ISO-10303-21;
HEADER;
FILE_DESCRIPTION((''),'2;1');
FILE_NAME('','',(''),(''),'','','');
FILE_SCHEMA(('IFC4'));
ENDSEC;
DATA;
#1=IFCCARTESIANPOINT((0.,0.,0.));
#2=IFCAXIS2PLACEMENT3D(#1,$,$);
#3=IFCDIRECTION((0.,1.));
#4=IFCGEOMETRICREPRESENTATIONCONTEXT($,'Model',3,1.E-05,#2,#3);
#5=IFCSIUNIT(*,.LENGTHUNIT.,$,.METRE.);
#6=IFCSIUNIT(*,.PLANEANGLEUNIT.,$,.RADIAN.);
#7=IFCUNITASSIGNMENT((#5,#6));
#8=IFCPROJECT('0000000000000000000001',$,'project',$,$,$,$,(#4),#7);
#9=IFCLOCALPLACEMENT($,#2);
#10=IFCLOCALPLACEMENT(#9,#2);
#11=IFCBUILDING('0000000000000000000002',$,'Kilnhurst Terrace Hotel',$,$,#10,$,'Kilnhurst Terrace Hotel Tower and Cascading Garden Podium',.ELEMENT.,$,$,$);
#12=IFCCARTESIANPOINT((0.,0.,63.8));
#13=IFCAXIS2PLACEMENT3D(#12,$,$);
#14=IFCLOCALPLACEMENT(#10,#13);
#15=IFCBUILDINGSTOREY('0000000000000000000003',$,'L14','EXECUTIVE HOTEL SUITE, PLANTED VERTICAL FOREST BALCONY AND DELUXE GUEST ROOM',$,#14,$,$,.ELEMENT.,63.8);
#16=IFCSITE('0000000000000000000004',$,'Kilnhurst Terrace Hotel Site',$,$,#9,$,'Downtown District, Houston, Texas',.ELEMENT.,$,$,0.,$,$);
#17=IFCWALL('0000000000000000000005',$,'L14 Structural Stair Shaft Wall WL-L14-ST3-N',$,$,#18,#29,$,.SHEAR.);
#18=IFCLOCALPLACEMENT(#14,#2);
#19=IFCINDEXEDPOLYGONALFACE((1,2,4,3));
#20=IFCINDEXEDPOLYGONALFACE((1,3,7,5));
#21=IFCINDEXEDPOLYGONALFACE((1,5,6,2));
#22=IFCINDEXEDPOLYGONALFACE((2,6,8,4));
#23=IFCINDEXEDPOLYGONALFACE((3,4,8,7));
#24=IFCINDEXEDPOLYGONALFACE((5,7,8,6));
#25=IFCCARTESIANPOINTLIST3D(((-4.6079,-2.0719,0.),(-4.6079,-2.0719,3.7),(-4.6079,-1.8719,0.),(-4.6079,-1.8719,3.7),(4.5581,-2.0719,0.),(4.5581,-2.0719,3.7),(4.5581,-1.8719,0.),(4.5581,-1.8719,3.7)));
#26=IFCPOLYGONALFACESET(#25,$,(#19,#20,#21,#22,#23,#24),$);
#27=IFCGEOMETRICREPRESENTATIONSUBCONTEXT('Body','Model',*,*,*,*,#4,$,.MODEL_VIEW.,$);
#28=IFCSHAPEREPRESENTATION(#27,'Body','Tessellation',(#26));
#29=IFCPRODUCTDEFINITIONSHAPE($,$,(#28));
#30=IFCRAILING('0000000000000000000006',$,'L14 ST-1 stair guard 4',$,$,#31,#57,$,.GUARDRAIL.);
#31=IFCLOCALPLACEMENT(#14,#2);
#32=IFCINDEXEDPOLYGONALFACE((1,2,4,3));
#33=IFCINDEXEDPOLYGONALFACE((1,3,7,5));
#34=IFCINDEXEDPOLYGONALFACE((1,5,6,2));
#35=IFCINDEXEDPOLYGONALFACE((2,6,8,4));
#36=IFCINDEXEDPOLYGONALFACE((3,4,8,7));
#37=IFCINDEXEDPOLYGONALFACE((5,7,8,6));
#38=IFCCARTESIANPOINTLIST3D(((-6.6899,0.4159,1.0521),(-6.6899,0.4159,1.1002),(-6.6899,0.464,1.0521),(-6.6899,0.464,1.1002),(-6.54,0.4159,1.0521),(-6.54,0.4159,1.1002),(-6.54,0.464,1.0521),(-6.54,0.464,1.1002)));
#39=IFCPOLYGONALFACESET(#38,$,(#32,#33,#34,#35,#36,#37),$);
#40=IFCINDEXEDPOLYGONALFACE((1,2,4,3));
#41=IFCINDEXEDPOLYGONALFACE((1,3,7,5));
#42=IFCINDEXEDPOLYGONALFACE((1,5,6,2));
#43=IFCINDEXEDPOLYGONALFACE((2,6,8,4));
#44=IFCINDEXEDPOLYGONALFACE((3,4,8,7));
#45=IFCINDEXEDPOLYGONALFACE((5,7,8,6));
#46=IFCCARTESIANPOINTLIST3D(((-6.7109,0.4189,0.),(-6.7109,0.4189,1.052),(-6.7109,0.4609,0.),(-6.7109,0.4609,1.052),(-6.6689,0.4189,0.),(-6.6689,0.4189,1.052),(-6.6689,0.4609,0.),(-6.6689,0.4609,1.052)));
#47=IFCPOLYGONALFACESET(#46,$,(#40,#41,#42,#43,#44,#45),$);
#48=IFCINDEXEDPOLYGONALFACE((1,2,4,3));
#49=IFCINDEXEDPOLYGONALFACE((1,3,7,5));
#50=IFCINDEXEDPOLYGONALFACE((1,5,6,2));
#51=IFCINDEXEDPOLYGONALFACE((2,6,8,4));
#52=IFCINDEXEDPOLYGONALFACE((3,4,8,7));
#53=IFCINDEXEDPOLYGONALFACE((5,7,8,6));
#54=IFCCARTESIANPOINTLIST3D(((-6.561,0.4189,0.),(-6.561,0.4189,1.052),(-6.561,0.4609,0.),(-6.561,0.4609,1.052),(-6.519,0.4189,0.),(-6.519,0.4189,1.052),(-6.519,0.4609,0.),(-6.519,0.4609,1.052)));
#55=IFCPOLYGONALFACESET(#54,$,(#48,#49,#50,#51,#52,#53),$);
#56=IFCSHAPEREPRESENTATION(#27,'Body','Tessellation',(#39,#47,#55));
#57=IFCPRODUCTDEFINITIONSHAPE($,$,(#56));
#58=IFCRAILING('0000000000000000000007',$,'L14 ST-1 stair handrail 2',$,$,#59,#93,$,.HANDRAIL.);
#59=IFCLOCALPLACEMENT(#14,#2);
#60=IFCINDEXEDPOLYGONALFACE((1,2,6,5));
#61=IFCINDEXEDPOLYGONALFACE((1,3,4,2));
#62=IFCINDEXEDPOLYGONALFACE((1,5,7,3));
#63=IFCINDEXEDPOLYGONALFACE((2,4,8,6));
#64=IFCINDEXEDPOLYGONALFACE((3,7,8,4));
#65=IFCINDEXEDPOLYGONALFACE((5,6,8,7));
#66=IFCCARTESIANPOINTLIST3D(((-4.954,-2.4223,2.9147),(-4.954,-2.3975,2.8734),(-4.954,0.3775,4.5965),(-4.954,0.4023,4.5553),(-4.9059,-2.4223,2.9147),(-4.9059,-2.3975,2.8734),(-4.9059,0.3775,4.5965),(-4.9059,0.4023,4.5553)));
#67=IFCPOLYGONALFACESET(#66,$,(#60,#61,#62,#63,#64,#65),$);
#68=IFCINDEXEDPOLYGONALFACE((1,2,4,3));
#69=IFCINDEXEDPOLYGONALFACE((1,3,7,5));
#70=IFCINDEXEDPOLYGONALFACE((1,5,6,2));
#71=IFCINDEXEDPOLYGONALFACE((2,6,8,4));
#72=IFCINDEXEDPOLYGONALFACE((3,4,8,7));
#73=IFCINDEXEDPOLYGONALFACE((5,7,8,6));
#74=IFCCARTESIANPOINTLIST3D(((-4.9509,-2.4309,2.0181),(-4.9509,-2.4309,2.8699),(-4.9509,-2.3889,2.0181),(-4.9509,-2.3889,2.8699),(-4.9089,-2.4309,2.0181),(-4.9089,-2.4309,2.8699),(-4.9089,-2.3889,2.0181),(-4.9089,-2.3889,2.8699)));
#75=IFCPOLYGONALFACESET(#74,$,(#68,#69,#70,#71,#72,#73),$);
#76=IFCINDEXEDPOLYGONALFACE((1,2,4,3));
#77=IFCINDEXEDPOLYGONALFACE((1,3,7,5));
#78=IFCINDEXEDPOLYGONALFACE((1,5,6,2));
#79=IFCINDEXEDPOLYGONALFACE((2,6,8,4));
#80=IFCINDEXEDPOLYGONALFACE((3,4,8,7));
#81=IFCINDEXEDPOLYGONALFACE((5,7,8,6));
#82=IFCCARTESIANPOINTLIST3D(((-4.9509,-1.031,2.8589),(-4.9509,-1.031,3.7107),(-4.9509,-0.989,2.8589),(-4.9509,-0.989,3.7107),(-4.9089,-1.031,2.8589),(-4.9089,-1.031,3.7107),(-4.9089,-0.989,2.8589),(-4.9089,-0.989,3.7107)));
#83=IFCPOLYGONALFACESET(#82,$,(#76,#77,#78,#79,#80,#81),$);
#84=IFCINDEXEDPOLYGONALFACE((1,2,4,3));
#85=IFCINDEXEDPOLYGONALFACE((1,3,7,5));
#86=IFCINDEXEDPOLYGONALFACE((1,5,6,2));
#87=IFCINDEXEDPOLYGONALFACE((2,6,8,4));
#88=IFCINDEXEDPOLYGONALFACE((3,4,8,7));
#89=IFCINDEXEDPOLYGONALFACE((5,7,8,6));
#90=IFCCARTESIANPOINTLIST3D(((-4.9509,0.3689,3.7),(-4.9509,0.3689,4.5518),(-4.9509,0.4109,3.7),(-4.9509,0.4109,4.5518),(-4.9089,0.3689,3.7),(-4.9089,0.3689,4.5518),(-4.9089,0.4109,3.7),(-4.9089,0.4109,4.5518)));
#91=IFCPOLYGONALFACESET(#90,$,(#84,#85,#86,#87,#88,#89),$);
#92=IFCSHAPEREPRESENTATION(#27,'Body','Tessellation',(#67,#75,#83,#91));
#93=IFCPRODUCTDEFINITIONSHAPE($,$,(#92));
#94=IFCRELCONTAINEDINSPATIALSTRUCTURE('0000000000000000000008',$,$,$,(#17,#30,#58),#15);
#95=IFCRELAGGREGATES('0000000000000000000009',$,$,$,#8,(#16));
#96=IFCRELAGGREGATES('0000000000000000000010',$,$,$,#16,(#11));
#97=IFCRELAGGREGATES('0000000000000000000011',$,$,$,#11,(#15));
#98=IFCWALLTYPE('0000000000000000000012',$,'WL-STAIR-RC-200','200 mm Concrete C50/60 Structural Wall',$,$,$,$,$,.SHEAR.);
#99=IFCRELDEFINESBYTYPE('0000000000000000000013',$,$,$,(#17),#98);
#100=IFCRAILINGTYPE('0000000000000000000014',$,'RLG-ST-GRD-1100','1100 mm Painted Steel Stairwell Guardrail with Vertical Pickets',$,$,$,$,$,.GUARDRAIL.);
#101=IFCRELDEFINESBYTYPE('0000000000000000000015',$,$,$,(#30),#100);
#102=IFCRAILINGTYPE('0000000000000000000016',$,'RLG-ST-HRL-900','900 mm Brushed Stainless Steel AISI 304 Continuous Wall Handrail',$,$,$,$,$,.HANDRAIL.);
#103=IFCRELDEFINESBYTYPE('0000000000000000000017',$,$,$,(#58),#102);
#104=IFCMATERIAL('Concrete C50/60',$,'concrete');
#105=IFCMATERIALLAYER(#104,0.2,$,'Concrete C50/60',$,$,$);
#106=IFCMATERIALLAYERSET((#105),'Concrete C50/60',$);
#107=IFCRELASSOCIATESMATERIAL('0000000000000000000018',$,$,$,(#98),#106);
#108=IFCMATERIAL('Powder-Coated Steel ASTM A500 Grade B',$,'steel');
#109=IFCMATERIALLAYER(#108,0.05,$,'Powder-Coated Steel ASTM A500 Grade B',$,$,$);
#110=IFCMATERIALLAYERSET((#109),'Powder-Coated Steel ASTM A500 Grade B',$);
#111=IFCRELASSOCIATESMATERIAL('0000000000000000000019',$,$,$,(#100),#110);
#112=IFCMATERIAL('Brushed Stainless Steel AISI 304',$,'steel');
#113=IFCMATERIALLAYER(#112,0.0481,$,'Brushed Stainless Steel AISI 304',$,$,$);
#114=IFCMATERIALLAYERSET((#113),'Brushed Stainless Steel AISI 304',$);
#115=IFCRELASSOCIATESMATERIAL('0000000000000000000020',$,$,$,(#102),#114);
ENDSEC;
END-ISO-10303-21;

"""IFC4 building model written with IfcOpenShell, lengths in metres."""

from ifc_helpers import new_model, si_unit, direction, frame, frame_2d, origin, origin_2d, place, context, subcontext, project, spatial, rectangle, extrude, material, layer, layer_set, type_object, element, save


model = new_model("IFC4")

# Units and contexts
model_context = context("Model", 3, precision=1e-05, world=origin(), true_north=direction((0.0, 1.0)))
body_context = subcontext(model_context, "Body", "Model", "MODEL_VIEW")
ifc_project = project(units=[si_unit("LENGTHUNIT", "METRE"), si_unit("PLANEANGLEUNIT", "RADIAN")], contexts=[model_context])

# Site, building, storey
site_placement = place(None, origin())
site = spatial("IfcSite", under=ifc_project, at=site_placement, Name="Kilnhurst Terrace Hotel Site", LongName="Downtown District, Houston, Texas", CompositionType="ELEMENT", RefElevation=0.0)
building_placement = place(site_placement, origin())
building = spatial("IfcBuilding", under=site, at=building_placement, Name="Kilnhurst Terrace Hotel", LongName="Kilnhurst Terrace Hotel Tower and Cascading Garden Podium", CompositionType="ELEMENT")
storey_placement = place(building_placement, frame((0.0, 0.0, 63.8)))
storey = spatial("IfcBuildingStorey", under=building, at=storey_placement, Name="L14", Description="EXECUTIVE HOTEL SUITE, PLANTED VERTICAL FOREST BALCONY AND DELUXE GUEST ROOM", CompositionType="ELEMENT", Elevation=63.8)

# Shared definitions
ifc_material_1 = material(Name="Concrete C50/60", Category="concrete")

# Wall
ifc_layer_1 = layer(ifc_material_1, 0.2, Name="Concrete C50/60")
ifc_layer_set_1 = layer_set([ifc_layer_1], Name="Concrete C50/60")
wall_type_1 = type_object("IfcWallType", Name="WL-STAIR-RC-200", Description="200 mm Concrete C50/60 Structural Wall", PredefinedType="SHEAR", material=ifc_layer_set_1)
wall_1_placement = place(storey_placement, frame((-4.6079, -1.9719, 0.0), z_axis=(0.0, 0.0, 1.0), x_axis=(1.0, 0.0, 0.0)))
element("IfcWall", 1, at=wall_1_placement, inside=storey, type_object=wall_type_1, Name="L14 Structural Stair Shaft Wall WL-L14-ST3-N", PredefinedType="SHEAR", context=body_context, shape_type="SweptSolid", body=[
    extrude(rectangle(XDim=9.166, YDim=0.2, at=frame_2d((4.583, 0.0))), origin(), (0.0, 0.0, 1.0), 3.7),
])

# Railings
ifc_material_2 = material(Name="Powder-Coated Steel ASTM A500 Grade B", Category="steel")
ifc_layer_2 = layer(ifc_material_2, 0.05, Name="Powder-Coated Steel ASTM A500 Grade B")
ifc_layer_set_2 = layer_set([ifc_layer_2], Name="Powder-Coated Steel ASTM A500 Grade B")
railing_type_1 = type_object("IfcRailingType", Name="RLG-ST-GRD-1100", Description="1100 mm Painted Steel Stairwell Guardrail with Vertical Pickets", PredefinedType="GUARDRAIL", material=ifc_layer_set_2)
railing_1_placement = place(storey_placement, frame((-6.6899, 0.4399, 0.0)))
element("IfcRailing", 2, at=railing_1_placement, inside=storey, type_object=railing_type_1, Name="L14 ST-1 stair guard 4", PredefinedType="GUARDRAIL", context=body_context, shape_type="SweptSolid", body=[
    extrude(rectangle(XDim=0.0481, YDim=0.0481, at=origin_2d()), frame((0.0, 0.0, 1.0762), z_axis=(1.0, 0.0, 0.0), x_axis=(0.0, 1.0, 0.0)), (0.0, 0.0, 1.0), 0.1499),
    extrude(rectangle(XDim=0.042, YDim=0.042, at=origin_2d()), origin(), (0.0, 0.0, 1.0), 1.052),
    extrude(rectangle(XDim=0.042, YDim=0.042, at=origin_2d()), frame((0.1499, 0.0, 0.0)), (0.0, 0.0, 1.0), 1.052),
])
ifc_material_3 = material(Name="Brushed Stainless Steel AISI 304", Category="steel")
ifc_layer_3 = layer(ifc_material_3, 0.0481, Name="Brushed Stainless Steel AISI 304")
ifc_layer_set_3 = layer_set([ifc_layer_3], Name="Brushed Stainless Steel AISI 304")
railing_type_2 = type_object("IfcRailingType", Name="RLG-ST-HRL-900", Description="900 mm Brushed Stainless Steel AISI 304 Continuous Wall Handrail", PredefinedType="HANDRAIL", material=ifc_layer_set_3)
railing_2_placement = place(storey_placement, frame((-4.9299, -2.4099, 2.0181)))
element("IfcRailing", 3, at=railing_2_placement, inside=storey, type_object=railing_type_2, Name="L14 ST-1 stair handrail 2", PredefinedType="HANDRAIL", context=body_context, shape_type="SweptSolid", body=[
    extrude(rectangle(XDim=0.0481, YDim=0.0481, at=origin_2d()), frame((0.0, 0.0, 0.876), z_axis=(0.0, 0.857222, 0.514946), x_axis=(-1.0, 0.0, 0.0)), (0.0, 0.0, 1.0), 3.2661),
    extrude(rectangle(XDim=0.042, YDim=0.042, at=origin_2d()), origin(), (0.0, 0.0, 1.0), 0.8518),
    extrude(rectangle(XDim=0.042, YDim=0.042, at=origin_2d()), frame((0.0, 1.3999, 0.8408)), (0.0, 0.0, 1.0), 0.8518),
    extrude(rectangle(XDim=0.042, YDim=0.042, at=origin_2d()), frame((0.0, 2.7998, 1.6819)), (0.0, 0.0, 1.0), 0.8518),
])

save(model, "model.ifc")
